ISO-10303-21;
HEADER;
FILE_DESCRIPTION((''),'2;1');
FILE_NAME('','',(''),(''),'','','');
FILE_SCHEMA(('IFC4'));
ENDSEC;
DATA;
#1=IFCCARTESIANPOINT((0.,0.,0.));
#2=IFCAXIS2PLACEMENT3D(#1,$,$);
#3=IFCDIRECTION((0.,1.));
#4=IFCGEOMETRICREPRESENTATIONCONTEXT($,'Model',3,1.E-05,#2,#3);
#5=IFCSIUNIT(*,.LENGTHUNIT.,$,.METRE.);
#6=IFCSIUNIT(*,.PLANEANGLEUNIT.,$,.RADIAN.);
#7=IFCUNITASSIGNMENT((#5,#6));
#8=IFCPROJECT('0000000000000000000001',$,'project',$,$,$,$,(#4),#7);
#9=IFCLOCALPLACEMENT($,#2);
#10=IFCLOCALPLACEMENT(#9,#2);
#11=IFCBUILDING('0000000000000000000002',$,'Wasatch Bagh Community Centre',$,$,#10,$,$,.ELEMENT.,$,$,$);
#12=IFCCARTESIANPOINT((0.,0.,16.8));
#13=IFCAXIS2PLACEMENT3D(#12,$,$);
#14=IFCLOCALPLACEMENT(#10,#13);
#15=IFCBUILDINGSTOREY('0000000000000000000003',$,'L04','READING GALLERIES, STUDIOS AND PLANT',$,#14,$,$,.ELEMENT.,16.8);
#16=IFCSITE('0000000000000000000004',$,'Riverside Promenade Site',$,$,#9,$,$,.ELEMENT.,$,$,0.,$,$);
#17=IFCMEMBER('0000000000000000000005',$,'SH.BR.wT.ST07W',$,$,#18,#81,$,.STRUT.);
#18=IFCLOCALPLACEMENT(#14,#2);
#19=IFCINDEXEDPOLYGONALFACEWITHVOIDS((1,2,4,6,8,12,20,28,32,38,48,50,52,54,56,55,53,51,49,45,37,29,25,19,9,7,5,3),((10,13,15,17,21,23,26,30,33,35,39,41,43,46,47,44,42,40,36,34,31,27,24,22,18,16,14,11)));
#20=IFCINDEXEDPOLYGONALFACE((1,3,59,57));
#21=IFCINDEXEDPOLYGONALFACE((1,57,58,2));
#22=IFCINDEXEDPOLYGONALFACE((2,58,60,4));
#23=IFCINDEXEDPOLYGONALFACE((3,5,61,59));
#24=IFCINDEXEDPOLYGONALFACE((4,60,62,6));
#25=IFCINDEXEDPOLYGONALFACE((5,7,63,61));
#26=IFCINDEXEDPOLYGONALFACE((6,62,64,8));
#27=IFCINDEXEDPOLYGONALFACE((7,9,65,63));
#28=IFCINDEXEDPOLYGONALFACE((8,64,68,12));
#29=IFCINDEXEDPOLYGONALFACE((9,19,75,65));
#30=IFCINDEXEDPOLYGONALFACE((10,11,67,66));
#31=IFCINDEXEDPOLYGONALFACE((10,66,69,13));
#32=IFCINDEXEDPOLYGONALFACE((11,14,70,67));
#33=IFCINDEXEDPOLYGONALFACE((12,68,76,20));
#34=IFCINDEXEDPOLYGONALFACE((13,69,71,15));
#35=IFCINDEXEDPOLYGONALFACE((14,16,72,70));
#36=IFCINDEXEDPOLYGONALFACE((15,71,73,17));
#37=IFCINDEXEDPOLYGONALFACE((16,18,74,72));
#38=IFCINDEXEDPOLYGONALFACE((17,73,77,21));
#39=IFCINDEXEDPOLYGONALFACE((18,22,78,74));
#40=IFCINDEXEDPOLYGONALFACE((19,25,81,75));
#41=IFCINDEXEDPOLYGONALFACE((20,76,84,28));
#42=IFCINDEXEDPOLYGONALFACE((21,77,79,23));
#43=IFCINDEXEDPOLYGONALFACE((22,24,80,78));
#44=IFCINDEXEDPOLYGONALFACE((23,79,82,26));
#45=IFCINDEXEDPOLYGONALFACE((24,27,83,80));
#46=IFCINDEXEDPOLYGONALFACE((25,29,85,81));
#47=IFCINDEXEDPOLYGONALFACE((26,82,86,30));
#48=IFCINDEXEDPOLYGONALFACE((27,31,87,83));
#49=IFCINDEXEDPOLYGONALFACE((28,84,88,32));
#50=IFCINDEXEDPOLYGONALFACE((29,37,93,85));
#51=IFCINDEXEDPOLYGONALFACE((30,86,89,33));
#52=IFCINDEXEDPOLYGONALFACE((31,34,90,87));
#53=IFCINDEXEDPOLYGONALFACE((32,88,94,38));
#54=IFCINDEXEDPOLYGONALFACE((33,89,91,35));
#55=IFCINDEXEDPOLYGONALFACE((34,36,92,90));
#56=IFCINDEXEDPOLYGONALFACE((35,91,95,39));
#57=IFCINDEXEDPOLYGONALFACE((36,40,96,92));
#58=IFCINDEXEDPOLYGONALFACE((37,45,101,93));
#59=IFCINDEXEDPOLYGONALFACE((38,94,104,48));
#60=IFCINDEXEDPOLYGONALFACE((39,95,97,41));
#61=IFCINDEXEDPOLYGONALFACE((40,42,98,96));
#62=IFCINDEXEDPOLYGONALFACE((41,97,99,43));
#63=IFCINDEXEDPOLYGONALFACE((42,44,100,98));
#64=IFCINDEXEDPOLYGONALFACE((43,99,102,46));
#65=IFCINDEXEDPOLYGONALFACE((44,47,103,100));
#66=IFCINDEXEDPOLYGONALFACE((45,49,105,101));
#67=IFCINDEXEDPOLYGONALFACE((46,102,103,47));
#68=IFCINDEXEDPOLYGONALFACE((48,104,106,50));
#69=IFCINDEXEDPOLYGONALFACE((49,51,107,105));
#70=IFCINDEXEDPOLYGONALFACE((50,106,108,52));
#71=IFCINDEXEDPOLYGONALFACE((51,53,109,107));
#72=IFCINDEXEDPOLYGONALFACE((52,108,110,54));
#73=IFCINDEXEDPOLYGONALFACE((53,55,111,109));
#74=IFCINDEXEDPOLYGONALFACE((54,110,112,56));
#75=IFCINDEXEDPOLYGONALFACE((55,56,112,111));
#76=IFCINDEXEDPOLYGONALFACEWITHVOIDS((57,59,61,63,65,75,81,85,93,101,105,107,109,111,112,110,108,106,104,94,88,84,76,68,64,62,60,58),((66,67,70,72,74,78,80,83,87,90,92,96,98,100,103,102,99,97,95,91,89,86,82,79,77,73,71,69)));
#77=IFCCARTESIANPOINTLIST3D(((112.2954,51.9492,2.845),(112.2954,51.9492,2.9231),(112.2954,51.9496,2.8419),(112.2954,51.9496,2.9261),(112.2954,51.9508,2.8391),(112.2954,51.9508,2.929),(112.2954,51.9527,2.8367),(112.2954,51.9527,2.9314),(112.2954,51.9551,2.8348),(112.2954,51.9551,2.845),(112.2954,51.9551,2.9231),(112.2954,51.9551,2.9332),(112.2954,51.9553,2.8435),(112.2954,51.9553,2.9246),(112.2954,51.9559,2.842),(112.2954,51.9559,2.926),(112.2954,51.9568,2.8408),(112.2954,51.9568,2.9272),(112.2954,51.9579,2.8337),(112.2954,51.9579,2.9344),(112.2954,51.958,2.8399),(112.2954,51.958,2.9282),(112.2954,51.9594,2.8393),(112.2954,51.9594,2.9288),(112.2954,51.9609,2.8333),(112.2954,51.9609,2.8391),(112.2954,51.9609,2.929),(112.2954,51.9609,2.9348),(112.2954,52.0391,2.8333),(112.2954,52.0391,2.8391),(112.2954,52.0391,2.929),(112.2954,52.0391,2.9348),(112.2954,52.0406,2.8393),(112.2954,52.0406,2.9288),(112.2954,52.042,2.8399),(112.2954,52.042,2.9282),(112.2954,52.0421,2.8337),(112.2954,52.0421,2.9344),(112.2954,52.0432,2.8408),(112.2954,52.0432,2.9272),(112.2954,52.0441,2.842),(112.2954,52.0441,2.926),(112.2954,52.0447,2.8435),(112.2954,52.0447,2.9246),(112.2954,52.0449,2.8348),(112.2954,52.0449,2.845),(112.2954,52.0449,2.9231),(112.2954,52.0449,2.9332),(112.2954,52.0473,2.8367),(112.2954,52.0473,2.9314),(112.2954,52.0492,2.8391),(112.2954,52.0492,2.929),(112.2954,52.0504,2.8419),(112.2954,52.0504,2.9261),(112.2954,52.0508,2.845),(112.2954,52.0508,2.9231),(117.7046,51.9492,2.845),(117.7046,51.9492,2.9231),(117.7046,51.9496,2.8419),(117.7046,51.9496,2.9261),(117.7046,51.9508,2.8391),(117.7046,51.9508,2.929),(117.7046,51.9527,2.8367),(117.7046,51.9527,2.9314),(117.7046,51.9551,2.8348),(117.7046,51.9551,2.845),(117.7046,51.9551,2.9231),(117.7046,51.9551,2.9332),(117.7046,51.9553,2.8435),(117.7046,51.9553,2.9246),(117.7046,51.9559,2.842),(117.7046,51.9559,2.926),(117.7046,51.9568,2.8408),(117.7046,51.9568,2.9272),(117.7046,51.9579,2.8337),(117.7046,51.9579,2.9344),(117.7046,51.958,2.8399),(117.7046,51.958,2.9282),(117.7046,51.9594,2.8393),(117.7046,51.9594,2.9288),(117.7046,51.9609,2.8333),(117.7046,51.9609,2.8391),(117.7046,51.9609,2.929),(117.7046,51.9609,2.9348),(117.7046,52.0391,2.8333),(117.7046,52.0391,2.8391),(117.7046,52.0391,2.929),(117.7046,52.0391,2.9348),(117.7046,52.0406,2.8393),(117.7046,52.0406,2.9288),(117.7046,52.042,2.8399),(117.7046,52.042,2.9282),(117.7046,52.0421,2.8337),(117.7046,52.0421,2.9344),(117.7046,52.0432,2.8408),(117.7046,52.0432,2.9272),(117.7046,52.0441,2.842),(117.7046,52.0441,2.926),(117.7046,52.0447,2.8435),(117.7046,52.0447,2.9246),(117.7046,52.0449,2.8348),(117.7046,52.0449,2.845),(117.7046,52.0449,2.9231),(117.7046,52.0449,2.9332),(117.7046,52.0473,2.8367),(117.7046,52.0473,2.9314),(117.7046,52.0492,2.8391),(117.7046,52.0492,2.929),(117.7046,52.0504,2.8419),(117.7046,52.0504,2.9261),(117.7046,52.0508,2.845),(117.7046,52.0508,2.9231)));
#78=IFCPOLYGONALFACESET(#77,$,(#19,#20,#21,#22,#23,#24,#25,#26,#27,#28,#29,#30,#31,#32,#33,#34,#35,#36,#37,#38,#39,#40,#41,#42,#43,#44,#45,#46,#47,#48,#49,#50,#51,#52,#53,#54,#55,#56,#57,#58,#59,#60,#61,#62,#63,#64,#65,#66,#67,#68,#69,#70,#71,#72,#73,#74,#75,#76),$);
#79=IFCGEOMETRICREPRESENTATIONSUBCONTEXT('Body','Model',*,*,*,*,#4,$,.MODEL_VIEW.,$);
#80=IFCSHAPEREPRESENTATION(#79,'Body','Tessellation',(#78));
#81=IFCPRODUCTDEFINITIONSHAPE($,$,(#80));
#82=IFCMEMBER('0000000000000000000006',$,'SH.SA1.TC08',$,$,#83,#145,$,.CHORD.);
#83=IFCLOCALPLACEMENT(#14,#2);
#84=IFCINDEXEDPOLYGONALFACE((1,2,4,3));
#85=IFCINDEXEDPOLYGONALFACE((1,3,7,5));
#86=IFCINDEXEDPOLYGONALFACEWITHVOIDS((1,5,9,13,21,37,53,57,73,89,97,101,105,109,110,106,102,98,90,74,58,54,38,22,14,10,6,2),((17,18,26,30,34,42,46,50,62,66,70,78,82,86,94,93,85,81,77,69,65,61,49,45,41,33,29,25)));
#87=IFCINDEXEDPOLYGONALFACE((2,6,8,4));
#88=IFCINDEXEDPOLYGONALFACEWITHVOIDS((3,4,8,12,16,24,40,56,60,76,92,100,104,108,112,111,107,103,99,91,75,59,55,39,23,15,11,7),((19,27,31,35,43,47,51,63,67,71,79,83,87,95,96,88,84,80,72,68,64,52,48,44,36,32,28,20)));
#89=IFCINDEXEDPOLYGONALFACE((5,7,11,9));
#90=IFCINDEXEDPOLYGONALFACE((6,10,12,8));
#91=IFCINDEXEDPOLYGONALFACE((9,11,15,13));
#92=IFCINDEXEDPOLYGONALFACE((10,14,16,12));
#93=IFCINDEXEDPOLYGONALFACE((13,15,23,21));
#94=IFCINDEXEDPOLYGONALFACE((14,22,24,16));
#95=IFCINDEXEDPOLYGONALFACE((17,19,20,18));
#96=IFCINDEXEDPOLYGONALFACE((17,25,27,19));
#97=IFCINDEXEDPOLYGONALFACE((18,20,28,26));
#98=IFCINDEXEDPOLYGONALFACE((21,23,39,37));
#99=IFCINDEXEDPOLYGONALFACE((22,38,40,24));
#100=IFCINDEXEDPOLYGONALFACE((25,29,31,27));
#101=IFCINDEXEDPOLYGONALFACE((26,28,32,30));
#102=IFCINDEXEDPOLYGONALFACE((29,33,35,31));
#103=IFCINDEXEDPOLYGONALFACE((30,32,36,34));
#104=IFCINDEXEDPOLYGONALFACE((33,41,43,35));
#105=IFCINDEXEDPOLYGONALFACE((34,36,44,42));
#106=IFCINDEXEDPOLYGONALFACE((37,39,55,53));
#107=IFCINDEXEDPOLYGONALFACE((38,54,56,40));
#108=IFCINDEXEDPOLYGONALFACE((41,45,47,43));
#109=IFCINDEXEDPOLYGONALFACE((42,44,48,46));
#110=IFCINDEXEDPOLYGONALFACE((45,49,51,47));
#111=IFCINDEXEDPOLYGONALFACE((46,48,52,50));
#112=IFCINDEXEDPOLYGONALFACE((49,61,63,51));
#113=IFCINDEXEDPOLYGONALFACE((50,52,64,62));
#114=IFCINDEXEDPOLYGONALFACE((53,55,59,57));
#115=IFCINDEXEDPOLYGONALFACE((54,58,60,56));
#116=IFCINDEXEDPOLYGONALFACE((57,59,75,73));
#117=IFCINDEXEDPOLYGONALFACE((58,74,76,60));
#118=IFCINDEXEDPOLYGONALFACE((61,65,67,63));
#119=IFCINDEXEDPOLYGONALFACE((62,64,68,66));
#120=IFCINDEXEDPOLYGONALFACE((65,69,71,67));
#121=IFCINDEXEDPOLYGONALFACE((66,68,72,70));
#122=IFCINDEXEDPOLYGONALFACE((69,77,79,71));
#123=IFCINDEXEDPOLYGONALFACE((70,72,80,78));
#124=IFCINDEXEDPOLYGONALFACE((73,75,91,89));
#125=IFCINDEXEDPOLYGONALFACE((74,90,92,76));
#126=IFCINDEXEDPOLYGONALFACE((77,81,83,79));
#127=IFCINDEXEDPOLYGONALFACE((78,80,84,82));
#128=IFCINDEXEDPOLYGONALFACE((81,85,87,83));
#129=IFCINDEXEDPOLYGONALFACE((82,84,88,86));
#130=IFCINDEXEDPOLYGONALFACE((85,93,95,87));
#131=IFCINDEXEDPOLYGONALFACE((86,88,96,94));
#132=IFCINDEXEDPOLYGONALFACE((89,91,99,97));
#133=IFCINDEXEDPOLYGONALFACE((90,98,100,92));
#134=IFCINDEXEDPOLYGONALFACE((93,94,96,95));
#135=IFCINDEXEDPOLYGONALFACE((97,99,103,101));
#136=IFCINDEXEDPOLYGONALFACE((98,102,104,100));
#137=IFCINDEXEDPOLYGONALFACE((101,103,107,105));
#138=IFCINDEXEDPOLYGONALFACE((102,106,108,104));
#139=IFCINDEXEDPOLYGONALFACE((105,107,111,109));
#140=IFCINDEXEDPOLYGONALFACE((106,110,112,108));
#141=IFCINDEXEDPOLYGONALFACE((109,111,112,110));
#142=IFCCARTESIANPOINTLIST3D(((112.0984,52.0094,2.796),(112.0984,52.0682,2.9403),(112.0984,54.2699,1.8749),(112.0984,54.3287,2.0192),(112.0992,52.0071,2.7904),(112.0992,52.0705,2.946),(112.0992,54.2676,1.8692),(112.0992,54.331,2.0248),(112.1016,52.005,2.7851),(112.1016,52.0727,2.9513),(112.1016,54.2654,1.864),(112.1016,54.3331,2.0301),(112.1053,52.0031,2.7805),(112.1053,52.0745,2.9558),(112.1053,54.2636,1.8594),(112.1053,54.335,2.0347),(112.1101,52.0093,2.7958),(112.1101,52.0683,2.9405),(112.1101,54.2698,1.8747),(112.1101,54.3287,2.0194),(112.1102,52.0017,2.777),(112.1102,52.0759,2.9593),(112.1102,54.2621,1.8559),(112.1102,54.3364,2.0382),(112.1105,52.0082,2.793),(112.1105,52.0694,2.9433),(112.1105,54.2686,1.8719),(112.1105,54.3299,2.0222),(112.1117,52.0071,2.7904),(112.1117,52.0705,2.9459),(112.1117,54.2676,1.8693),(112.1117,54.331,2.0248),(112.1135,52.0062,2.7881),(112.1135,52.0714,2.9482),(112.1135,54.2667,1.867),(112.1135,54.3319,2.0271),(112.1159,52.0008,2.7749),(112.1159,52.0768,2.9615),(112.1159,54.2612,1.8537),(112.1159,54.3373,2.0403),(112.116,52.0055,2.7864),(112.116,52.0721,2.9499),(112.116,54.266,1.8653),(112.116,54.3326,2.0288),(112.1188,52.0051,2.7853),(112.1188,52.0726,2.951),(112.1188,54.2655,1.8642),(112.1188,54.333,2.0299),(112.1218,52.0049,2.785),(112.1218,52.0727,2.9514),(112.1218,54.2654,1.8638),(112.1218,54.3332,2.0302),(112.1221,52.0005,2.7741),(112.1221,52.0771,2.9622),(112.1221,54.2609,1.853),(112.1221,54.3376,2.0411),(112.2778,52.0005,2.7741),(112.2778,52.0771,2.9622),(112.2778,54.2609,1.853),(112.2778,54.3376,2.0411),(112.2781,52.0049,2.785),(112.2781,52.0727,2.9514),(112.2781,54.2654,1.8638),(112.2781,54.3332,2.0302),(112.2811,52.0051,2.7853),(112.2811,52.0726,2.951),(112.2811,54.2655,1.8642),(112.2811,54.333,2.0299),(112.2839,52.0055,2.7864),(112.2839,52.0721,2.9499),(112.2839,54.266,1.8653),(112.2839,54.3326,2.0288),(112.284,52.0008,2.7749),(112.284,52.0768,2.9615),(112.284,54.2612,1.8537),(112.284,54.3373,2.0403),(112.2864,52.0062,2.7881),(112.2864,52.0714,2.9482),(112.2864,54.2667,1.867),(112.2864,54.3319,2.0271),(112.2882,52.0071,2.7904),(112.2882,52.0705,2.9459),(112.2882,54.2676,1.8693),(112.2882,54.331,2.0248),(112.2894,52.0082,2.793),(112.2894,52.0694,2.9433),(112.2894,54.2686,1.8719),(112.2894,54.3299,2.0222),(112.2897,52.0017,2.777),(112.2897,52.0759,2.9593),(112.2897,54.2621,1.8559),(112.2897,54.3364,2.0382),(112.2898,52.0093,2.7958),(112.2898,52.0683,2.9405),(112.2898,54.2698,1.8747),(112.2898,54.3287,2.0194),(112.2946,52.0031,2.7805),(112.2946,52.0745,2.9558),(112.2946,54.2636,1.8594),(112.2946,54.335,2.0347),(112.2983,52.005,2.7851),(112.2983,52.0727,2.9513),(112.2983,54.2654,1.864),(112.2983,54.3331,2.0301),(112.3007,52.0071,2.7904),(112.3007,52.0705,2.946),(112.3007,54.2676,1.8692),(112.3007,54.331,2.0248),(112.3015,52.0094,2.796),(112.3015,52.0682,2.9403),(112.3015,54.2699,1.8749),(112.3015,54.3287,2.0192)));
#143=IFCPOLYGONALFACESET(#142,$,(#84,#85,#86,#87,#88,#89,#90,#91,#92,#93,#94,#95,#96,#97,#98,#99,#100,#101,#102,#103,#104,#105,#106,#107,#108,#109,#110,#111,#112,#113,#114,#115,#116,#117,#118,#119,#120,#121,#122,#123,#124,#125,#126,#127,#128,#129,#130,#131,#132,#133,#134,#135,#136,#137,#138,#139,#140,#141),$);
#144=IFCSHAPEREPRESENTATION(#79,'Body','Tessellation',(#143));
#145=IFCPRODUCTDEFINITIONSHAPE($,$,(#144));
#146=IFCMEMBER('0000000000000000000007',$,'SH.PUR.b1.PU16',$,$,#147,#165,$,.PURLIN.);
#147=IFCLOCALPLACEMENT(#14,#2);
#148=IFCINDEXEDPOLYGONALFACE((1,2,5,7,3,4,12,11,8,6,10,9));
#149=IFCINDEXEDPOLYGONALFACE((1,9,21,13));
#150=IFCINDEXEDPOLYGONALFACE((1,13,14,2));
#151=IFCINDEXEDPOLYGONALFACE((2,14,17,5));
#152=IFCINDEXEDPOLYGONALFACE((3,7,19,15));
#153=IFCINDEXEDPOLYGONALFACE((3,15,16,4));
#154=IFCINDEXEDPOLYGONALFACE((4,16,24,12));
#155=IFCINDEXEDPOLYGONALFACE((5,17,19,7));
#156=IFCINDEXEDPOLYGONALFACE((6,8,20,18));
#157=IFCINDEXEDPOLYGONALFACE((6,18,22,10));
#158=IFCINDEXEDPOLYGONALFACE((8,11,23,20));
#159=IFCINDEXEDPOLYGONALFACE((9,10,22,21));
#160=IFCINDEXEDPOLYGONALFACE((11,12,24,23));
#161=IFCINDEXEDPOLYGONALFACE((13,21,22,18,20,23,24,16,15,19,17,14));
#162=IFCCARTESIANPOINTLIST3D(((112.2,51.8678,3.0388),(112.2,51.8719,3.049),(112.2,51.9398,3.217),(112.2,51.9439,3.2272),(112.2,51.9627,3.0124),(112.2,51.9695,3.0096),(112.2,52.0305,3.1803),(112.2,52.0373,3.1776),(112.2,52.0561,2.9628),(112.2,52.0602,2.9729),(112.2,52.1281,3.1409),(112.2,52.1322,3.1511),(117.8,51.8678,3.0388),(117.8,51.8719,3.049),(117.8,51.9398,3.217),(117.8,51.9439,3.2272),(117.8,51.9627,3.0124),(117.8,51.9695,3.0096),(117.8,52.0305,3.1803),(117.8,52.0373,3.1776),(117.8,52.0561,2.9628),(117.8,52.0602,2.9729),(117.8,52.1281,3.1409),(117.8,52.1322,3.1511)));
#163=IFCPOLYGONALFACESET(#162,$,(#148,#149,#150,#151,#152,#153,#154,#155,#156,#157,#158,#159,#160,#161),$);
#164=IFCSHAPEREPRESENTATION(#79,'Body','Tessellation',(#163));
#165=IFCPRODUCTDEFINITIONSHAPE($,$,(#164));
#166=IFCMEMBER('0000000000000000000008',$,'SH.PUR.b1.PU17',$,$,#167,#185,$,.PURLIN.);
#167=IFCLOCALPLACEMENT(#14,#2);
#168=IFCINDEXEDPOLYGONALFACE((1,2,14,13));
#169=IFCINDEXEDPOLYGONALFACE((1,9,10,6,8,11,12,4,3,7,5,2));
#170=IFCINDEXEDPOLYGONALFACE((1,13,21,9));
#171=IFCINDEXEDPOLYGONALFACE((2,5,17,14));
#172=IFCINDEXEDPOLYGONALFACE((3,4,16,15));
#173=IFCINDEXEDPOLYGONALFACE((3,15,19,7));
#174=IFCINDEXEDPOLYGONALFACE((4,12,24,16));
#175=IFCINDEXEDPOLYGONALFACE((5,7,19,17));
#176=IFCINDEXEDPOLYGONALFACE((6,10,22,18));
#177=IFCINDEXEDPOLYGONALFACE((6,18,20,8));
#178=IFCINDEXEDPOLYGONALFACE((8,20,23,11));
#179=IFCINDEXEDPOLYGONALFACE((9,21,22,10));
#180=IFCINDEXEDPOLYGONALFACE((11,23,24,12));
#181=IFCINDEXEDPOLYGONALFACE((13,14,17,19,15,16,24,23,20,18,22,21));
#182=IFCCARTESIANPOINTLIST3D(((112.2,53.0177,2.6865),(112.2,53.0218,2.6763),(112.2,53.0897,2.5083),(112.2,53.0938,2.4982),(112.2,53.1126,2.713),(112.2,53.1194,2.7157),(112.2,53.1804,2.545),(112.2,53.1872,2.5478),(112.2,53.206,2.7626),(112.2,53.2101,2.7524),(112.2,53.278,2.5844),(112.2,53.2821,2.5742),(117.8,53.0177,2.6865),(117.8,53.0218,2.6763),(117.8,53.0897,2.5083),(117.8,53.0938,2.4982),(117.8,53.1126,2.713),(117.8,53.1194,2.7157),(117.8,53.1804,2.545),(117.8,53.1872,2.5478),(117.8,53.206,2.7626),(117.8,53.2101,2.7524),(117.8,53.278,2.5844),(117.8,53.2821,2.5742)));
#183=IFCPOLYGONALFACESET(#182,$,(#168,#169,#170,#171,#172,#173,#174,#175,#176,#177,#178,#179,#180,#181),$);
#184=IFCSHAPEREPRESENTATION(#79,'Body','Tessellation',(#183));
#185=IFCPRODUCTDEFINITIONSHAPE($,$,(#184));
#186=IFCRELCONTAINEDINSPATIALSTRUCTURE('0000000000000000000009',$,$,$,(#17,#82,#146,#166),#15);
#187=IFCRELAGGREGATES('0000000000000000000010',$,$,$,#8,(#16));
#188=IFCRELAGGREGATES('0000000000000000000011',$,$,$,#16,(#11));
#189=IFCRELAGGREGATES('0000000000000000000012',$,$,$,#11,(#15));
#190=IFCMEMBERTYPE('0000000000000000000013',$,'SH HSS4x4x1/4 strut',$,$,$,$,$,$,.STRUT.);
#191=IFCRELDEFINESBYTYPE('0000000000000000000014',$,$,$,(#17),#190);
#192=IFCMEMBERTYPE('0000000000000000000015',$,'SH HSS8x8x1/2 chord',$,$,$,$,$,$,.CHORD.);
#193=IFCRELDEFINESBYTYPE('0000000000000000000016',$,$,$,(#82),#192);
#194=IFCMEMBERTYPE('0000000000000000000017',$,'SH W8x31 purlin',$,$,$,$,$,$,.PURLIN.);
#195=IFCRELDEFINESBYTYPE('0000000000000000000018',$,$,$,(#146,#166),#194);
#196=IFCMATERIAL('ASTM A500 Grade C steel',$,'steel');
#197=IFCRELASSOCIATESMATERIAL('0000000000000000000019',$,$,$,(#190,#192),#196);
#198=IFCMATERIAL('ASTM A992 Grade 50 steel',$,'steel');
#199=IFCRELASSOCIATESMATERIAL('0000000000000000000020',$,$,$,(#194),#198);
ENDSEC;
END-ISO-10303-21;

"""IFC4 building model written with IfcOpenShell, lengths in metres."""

from ifc_helpers import new_model, si_unit, direction, frame, origin, origin_2d, place, context, subcontext, project, spatial, hollow_rectangle, i_section, extrude, material, material_profile, profile_set, type_object, element, save


model = new_model("IFC4")

# Units and contexts
model_context = context("Model", 3, precision=1e-05, world=origin(), true_north=direction((0.0, 1.0)))
body_context = subcontext(model_context, "Body", "Model", "MODEL_VIEW")
ifc_project = project(units=[si_unit("LENGTHUNIT", "METRE"), si_unit("PLANEANGLEUNIT", "RADIAN")], contexts=[model_context])

# Site, building, storey
site_placement = place(None, origin())
site = spatial("IfcSite", under=ifc_project, at=site_placement, Name="Riverside Promenade Site", CompositionType="ELEMENT", RefElevation=0.0)
building_placement = place(site_placement, origin())
building = spatial("IfcBuilding", under=site, at=building_placement, Name="Wasatch Bagh Community Centre", CompositionType="ELEMENT")
storey_placement = place(building_placement, frame((0.0, 0.0, 16.8)))
storey = spatial("IfcBuildingStorey", under=building, at=storey_placement, Name="L04", Description="READING GALLERIES, STUDIOS AND PLANT", CompositionType="ELEMENT", Elevation=16.8)

# Members
ifc_material_1 = material(Name="ASTM A500 Grade C steel", Category="steel")
ifc_material_profile_1 = material_profile(ifc_material_1, hollow_rectangle(XDim=0.1016, YDim=0.1016, WallThickness=0.0059, InnerFilletRadius=0.0059, OuterFilletRadius=0.0117, at=origin_2d()), Name="HSS4x4x1/4")
ifc_profile_set_1 = profile_set([ifc_material_profile_1], Name="ASTM A500 Grade C steel")
member_type_1 = type_object("IfcMemberType", Name="SH HSS4x4x1/4 strut", PredefinedType="STRUT", material=ifc_profile_set_1)
member_1_placement = place(storey_placement, frame((112.2954, 52.0, 2.884), z_axis=(1.0, 0.0, 0.0), x_axis=(0.0, 1.0, 0.0)))
element("IfcMember", 1, at=member_1_placement, inside=storey, type_object=member_type_1, Name="SH.BR.wT.ST07W", PredefinedType="STRUT", context=body_context, shape_type="SweptSolid", body=[
    extrude(hollow_rectangle(XDim=0.1016, YDim=0.1016, WallThickness=0.0059, InnerFilletRadius=0.0059, OuterFilletRadius=0.0117, at=origin_2d()), origin(), (0.0, 0.0, 1.0), 5.4092),
])
ifc_material_profile_2 = material_profile(ifc_material_1, hollow_rectangle(XDim=0.2031, YDim=0.2031, WallThickness=0.0117, InnerFilletRadius=0.0117, OuterFilletRadius=0.0237, at=origin_2d()), Name="HSS8x8x1/2")
ifc_profile_set_2 = profile_set([ifc_material_profile_2], Name="ASTM A500 Grade C steel")
member_type_2 = type_object("IfcMemberType", Name="SH HSS8x8x1/2 chord", PredefinedType="CHORD", material=ifc_profile_set_2)
member_2_placement = place(storey_placement, frame((112.2, 52.0388, 2.8682), z_axis=(0.0, 0.926064, -0.377367), x_axis=(-1.0, 0.0, 0.0)))
element("IfcMember", 2, at=member_2_placement, inside=storey, type_object=member_type_2, Name="SH.SA1.TC08", PredefinedType="CHORD", context=body_context, shape_type="SweptSolid", body=[
    extrude(hollow_rectangle(XDim=0.2031, YDim=0.2031, WallThickness=0.0117, InnerFilletRadius=0.0117, OuterFilletRadius=0.0237, at=origin_2d()), origin(), (0.0, 0.0, 1.0), 2.4409),
])
ifc_material_2 = material(Name="ASTM A992 Grade 50 steel", Category="steel")
ifc_material_profile_3 = material_profile(ifc_material_2, i_section(OverallWidth=0.2031, OverallDepth=0.2031, WebThickness=0.0073, FlangeThickness=0.011, at=origin_2d()), Name="W8x31")
ifc_profile_set_3 = profile_set([ifc_material_profile_3], Name="ASTM A992 Grade 50 steel")
member_type_3 = type_object("IfcMemberType", Name="SH W8x31 purlin", PredefinedType="PURLIN", material=ifc_profile_set_3)
for number, where, z_axis, x_axis, name in (
    (3, (112.2, 52.0, 3.095), (1.0, 0.0, 0.0), (0.0, 0.927184, -0.374607), "SH.PUR.b1.PU16"),
    (4, (112.2, 53.1499, 2.6304), (1.0, 0.0, 0.0), (0.0, 0.927184, 0.374607), "SH.PUR.b1.PU17"),
):
    element("IfcMember", number, at=place(storey_placement, frame(where, z_axis=z_axis, x_axis=x_axis)), inside=storey, type_object=member_type_3, Name=name, PredefinedType="PURLIN", context=body_context, shape_type="SweptSolid", body=[
        extrude(i_section(OverallWidth=0.2031, OverallDepth=0.2031, WebThickness=0.0073, FlangeThickness=0.011, at=origin_2d()), origin(), (0.0, 0.0, 1.0), 5.6001),
    ])

save(model, "model.ifc")
